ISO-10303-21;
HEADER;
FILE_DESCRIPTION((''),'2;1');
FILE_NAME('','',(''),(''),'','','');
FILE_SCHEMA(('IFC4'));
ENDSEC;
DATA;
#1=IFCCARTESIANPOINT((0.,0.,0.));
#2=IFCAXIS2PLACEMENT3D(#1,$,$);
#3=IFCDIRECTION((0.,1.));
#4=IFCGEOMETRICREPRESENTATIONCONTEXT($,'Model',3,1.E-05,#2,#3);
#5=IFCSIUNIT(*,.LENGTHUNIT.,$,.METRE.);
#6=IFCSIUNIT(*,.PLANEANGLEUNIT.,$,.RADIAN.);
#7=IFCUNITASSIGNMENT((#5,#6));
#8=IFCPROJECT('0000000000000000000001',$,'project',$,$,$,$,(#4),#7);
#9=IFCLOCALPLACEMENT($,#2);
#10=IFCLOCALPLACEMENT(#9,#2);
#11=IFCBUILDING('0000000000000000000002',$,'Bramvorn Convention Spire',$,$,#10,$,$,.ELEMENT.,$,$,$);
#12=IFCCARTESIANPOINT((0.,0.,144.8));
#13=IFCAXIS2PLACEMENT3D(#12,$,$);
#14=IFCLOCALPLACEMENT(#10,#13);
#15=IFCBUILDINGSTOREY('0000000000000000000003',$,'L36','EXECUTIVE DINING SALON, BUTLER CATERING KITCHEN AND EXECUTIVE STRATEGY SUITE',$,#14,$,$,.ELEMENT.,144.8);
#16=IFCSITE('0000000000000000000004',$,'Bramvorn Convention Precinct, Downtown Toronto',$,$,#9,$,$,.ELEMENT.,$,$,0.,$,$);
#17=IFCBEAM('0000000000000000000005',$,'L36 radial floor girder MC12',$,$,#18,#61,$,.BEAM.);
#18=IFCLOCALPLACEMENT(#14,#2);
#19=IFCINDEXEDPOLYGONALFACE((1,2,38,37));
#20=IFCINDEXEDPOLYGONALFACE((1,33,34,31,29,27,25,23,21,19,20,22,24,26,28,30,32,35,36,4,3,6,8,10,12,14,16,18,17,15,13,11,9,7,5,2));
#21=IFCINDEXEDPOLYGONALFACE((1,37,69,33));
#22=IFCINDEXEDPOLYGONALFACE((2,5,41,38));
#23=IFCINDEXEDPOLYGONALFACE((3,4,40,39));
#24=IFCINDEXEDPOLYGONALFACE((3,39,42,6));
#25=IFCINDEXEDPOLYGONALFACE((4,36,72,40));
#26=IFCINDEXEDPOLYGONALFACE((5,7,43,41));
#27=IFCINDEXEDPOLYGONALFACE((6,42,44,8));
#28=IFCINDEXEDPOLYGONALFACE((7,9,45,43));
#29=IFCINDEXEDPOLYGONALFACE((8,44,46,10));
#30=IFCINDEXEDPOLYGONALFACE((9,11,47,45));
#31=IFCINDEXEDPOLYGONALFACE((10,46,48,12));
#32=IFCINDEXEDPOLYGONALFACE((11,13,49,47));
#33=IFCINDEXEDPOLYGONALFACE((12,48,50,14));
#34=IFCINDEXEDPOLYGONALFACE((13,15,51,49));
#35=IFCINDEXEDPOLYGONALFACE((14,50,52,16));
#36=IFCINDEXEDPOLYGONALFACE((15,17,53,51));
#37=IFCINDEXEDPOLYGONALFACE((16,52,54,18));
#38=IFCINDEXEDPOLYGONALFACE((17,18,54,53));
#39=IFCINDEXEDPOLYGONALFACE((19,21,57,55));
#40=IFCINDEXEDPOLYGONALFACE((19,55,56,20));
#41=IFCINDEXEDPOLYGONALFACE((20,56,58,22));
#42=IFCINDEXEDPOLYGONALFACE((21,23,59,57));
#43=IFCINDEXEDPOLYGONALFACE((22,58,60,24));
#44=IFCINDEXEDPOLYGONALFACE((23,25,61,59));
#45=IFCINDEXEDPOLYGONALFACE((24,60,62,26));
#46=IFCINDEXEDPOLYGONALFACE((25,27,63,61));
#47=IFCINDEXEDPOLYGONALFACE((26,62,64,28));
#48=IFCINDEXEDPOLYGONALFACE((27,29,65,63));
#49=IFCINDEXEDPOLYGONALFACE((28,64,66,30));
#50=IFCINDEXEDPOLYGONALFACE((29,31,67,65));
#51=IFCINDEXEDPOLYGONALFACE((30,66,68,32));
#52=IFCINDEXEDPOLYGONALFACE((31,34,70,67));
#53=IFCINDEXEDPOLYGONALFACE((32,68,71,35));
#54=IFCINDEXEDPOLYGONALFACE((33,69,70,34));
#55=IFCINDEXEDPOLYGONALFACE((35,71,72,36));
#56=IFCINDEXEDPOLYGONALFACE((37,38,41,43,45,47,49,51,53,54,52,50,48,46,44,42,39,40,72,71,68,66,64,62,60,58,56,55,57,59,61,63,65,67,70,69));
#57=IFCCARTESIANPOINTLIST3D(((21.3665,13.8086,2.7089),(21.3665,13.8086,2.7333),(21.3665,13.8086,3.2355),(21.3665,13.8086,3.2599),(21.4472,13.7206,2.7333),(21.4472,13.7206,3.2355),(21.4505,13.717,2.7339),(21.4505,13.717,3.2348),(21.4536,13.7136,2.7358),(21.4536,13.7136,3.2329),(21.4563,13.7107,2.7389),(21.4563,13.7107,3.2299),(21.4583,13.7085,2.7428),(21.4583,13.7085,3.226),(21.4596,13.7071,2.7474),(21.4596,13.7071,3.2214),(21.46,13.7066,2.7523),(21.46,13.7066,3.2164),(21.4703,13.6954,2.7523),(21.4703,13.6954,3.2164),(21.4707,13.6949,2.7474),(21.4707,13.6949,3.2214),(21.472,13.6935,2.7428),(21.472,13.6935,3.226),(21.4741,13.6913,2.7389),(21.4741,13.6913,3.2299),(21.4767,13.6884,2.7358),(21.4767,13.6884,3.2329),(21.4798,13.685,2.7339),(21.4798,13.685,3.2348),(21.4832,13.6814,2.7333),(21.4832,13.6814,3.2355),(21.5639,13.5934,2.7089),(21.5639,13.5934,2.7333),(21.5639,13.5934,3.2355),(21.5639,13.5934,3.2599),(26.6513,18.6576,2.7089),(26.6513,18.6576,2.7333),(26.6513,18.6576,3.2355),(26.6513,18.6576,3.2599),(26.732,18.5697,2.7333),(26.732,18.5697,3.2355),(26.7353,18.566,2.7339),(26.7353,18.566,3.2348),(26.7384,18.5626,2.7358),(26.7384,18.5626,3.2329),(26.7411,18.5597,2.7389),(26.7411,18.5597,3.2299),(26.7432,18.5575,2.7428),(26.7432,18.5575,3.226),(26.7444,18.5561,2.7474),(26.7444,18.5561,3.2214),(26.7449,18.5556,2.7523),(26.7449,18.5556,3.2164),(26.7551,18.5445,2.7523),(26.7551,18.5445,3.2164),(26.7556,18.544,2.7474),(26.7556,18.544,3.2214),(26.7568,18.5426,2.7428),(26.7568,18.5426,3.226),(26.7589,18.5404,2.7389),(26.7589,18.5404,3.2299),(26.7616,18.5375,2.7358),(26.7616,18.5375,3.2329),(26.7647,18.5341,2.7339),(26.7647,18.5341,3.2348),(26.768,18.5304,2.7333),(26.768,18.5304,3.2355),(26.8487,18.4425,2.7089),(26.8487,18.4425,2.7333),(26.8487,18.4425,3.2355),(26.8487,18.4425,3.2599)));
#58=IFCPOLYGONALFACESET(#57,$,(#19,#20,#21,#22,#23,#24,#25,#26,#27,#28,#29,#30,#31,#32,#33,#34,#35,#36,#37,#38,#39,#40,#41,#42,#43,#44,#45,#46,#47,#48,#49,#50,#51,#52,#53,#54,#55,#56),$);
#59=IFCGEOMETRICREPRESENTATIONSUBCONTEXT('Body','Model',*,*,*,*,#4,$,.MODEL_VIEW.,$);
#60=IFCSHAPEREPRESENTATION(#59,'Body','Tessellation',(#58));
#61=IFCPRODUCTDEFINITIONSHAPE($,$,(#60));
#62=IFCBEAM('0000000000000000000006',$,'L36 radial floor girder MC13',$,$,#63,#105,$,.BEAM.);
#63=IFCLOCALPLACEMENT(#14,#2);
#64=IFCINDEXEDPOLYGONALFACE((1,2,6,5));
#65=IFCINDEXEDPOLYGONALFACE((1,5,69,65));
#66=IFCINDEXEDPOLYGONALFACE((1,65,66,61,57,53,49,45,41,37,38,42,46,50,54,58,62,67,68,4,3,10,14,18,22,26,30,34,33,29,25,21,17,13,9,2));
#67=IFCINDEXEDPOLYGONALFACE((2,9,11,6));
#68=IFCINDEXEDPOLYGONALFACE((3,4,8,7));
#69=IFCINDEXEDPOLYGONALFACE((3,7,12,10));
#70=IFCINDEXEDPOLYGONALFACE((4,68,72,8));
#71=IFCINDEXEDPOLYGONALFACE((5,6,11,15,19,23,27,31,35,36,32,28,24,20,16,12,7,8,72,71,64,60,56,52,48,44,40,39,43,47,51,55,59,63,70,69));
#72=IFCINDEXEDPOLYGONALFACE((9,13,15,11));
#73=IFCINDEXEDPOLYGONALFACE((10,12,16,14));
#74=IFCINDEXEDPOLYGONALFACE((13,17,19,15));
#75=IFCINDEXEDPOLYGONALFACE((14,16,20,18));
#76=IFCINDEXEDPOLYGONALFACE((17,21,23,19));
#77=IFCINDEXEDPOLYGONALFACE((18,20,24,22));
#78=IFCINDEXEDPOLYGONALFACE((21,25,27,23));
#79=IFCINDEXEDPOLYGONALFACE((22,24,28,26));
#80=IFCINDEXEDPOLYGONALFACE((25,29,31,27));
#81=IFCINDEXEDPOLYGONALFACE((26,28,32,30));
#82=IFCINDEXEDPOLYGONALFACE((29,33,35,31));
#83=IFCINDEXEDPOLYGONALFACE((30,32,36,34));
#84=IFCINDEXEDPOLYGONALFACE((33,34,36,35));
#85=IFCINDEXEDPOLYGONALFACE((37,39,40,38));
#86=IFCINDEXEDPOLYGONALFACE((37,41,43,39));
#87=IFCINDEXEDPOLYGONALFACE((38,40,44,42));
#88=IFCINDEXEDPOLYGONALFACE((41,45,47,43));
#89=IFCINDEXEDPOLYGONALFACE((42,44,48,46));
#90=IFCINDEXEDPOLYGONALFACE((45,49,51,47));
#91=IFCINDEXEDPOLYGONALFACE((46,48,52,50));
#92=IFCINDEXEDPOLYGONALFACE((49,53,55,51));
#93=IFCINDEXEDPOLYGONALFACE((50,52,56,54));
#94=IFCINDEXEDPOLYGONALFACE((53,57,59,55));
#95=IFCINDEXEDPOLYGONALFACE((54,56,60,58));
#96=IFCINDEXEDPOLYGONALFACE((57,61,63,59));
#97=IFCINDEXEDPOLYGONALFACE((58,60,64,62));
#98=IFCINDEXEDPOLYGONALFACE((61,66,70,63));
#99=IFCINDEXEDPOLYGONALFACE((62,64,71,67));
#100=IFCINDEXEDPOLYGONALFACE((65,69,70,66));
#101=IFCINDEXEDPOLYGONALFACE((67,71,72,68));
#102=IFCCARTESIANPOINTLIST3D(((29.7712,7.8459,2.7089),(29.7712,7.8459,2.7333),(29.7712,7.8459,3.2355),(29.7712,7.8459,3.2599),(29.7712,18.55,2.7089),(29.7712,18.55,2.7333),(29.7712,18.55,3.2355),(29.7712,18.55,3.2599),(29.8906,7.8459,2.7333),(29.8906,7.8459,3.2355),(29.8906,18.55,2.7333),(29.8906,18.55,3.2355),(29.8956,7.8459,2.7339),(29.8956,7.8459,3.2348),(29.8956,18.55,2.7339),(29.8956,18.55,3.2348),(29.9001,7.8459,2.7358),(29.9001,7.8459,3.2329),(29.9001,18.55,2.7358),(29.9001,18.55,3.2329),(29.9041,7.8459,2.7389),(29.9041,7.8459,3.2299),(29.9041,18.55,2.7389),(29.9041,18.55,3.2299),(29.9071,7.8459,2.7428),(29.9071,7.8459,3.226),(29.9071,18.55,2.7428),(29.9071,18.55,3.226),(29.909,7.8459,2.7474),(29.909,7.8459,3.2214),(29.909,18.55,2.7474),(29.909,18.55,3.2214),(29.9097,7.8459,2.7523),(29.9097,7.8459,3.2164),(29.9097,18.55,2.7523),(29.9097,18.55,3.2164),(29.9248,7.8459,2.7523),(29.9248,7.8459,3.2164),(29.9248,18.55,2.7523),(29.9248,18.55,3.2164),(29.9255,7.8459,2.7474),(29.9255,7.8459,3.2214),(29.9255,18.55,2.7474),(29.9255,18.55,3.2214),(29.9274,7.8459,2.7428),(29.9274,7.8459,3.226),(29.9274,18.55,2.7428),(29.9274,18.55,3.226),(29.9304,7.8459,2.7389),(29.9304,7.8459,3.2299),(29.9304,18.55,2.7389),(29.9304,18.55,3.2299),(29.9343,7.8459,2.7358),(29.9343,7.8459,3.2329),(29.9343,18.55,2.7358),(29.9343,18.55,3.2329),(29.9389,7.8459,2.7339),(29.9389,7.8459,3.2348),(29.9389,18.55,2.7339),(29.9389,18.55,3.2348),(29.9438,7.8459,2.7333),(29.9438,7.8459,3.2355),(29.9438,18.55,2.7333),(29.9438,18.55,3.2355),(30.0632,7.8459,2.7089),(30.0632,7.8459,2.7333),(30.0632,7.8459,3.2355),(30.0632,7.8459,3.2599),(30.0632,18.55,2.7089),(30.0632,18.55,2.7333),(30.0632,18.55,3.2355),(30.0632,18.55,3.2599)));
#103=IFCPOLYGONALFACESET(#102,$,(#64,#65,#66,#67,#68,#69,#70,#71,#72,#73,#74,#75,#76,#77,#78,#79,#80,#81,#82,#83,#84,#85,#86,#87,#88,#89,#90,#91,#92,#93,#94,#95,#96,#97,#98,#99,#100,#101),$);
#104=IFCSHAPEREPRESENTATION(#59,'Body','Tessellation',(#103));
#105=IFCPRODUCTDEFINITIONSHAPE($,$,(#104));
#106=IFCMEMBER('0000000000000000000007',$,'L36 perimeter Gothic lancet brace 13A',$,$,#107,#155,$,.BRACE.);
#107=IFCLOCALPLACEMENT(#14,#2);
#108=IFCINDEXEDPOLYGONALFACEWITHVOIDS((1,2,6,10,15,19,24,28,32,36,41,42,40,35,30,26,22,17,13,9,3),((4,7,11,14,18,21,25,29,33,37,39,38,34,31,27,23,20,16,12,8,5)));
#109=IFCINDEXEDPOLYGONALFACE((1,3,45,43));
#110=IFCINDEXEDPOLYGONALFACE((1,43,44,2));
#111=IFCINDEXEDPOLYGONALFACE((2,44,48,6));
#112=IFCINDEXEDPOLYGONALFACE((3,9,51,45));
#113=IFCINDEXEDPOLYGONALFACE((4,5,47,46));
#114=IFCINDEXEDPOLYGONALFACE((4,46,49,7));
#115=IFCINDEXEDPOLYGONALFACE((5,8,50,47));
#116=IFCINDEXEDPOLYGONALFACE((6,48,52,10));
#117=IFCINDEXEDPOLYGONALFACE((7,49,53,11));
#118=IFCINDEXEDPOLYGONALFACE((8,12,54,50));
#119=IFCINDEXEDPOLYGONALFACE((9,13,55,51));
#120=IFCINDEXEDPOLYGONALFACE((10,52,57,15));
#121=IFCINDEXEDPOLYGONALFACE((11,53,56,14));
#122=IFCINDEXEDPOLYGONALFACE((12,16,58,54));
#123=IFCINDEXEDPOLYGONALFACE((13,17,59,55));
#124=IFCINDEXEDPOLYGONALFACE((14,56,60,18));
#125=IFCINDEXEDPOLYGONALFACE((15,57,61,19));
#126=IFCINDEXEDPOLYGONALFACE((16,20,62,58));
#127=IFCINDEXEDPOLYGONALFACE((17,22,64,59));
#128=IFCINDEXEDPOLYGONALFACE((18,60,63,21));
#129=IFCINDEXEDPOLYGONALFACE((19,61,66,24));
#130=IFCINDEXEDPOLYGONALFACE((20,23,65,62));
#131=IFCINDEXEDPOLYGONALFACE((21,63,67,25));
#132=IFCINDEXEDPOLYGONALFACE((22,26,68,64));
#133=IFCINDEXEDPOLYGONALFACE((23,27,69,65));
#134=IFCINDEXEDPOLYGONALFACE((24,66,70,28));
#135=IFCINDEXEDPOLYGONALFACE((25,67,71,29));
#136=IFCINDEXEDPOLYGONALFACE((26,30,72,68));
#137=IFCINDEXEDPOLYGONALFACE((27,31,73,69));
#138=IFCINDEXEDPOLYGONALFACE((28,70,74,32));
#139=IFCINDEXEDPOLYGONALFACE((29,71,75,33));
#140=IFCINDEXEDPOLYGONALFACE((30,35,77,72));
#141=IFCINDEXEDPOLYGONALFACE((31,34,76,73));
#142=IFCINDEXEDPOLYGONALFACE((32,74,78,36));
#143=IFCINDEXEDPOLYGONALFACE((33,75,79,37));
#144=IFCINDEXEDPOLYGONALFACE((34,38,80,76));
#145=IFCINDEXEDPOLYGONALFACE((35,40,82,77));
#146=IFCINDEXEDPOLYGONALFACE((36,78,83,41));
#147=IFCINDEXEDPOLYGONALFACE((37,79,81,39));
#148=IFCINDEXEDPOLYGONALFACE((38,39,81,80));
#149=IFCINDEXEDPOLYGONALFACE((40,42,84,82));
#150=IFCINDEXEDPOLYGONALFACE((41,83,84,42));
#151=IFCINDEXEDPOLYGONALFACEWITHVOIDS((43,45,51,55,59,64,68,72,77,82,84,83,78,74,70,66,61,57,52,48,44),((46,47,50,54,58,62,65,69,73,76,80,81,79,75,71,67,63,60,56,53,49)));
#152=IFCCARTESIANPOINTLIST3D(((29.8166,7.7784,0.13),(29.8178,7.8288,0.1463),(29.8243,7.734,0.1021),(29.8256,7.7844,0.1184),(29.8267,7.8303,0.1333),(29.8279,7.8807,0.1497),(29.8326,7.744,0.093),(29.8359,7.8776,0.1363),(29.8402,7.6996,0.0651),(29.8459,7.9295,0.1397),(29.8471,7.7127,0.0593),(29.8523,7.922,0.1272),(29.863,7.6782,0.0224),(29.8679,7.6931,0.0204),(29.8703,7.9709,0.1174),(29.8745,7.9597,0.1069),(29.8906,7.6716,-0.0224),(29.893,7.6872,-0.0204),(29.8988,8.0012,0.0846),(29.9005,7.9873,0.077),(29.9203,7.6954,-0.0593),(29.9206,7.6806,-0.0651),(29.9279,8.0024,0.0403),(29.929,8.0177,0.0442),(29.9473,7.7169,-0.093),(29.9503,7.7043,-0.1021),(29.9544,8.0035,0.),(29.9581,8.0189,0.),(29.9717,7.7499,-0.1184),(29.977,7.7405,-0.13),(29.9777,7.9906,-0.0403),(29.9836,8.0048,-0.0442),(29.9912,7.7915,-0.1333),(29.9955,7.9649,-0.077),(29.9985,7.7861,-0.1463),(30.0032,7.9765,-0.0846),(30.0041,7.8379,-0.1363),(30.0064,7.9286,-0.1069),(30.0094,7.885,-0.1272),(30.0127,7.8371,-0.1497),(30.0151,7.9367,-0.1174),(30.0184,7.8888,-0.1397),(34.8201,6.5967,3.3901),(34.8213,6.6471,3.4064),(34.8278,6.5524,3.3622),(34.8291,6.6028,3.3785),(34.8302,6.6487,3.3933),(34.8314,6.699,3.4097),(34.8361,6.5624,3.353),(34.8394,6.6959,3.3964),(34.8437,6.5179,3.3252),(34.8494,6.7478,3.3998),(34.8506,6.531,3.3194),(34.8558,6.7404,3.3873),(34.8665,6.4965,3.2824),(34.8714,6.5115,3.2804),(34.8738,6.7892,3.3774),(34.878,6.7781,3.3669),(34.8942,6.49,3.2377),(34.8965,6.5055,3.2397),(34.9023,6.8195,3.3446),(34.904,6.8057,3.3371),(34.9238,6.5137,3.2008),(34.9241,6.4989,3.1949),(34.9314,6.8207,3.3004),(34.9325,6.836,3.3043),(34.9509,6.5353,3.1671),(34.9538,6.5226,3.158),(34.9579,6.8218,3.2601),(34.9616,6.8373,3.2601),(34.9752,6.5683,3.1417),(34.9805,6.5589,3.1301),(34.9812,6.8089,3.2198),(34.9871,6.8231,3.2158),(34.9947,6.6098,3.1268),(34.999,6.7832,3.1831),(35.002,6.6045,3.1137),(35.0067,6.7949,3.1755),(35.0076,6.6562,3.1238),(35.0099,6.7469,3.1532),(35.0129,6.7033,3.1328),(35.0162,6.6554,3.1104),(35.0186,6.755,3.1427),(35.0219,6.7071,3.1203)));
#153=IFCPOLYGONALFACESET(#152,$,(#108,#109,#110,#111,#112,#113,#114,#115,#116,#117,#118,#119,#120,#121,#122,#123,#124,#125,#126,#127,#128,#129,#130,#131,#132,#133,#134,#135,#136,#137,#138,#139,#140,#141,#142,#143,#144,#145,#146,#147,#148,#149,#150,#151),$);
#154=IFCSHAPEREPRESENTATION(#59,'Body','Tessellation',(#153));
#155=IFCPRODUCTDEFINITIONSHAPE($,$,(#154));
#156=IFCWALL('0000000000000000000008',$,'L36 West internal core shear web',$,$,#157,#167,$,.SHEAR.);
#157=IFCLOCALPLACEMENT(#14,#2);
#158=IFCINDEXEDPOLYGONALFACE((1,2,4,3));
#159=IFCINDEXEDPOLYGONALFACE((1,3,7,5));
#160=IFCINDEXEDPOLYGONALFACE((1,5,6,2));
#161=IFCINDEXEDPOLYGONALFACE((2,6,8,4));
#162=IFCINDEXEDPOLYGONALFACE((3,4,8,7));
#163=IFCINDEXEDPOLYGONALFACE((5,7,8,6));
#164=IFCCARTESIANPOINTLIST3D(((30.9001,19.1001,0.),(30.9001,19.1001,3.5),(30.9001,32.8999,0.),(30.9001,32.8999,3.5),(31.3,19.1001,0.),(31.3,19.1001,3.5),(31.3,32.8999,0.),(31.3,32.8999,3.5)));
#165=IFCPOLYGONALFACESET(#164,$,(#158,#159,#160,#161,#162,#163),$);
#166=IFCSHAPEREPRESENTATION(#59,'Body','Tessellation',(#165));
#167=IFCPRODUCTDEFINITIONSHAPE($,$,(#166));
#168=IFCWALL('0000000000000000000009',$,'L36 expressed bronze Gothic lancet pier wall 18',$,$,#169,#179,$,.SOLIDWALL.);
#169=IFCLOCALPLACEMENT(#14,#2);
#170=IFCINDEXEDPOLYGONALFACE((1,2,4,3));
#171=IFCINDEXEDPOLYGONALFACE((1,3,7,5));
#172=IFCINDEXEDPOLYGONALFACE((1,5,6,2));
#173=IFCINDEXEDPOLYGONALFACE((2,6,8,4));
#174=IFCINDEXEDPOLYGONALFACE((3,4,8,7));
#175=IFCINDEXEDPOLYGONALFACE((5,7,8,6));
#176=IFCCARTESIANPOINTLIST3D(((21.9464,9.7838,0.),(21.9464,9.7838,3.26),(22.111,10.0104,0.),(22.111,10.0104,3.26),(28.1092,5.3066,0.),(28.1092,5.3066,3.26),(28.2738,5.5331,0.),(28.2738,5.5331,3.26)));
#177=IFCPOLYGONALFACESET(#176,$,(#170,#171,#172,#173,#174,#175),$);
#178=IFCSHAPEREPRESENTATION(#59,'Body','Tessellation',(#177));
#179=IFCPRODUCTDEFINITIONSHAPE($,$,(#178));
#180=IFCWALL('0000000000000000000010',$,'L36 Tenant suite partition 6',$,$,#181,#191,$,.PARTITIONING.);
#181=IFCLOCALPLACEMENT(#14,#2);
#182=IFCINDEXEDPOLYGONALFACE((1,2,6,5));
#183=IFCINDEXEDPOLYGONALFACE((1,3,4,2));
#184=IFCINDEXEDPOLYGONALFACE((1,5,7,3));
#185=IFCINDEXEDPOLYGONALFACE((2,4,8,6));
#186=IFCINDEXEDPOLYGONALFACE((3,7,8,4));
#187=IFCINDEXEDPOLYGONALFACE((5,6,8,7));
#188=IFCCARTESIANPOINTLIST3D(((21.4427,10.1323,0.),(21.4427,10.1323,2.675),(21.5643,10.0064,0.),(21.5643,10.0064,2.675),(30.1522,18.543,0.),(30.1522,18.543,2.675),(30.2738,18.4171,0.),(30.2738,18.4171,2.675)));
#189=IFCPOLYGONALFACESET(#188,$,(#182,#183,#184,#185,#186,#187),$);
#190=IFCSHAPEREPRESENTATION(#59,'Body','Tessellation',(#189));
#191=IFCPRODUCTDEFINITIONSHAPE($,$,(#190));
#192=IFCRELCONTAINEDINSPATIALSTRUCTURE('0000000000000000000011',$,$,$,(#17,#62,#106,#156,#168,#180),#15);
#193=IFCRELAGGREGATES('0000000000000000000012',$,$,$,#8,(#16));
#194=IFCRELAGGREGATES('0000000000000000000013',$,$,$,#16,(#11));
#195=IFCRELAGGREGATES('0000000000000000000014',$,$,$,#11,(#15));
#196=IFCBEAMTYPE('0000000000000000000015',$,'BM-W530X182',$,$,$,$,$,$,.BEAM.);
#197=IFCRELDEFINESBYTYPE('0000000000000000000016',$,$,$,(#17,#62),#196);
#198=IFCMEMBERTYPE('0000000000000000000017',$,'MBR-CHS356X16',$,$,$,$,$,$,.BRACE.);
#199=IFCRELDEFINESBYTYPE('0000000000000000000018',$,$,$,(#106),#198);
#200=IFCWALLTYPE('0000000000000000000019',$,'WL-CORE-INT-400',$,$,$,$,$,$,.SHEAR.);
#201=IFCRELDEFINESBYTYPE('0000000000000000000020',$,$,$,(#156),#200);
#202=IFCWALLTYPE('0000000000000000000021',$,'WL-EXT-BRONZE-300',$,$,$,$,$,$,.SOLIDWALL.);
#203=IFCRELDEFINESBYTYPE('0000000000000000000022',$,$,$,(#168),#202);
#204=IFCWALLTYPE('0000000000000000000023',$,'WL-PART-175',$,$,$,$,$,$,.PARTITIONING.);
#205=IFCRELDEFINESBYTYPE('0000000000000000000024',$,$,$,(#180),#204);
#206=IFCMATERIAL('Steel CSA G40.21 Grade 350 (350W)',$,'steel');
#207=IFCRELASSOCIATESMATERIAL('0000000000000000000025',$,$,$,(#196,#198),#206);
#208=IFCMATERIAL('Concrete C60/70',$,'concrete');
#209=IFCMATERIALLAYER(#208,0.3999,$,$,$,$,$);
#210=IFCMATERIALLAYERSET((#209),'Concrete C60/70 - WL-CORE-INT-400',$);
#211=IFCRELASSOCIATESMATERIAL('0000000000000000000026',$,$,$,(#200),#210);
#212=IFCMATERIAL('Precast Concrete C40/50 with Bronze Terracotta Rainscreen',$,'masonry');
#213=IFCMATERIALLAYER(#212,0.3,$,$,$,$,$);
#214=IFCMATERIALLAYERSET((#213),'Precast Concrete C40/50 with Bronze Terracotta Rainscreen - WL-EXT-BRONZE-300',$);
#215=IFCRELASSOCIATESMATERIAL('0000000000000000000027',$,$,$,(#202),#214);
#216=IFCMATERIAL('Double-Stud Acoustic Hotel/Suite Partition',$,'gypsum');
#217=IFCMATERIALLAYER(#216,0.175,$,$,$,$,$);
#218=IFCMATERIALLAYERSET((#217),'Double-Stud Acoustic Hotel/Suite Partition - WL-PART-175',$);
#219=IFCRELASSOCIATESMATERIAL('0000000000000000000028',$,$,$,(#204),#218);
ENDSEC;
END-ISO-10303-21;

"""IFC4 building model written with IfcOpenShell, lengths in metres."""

from ifc_helpers import new_model, si_unit, direction, frame, frame_2d, origin, origin_2d, place, context, subcontext, project, spatial, rectangle, hollow_circle, i_section, extrude, material, layer, layer_set, material_profile, profile_set, type_object, element, save


model = new_model("IFC4")

# Units and contexts
model_context = context("Model", 3, precision=1e-05, world=origin(), true_north=direction((0.0, 1.0)))
body_context = subcontext(model_context, "Body", "Model", "MODEL_VIEW")
ifc_project = project(units=[si_unit("LENGTHUNIT", "METRE"), si_unit("PLANEANGLEUNIT", "RADIAN")], contexts=[model_context])

# Site, building, storey
site_placement = place(None, origin())
site = spatial("IfcSite", under=ifc_project, at=site_placement, Name="Bramvorn Convention Precinct, Downtown Toronto", CompositionType="ELEMENT", RefElevation=0.0)
building_placement = place(site_placement, origin())
building = spatial("IfcBuilding", under=site, at=building_placement, Name="Bramvorn Convention Spire", CompositionType="ELEMENT")
storey_placement = place(building_placement, frame((0.0, 0.0, 144.8)))
storey = spatial("IfcBuildingStorey", under=building, at=storey_placement, Name="L36", Description="EXECUTIVE DINING SALON, BUTLER CATERING KITCHEN AND EXECUTIVE STRATEGY SUITE", CompositionType="ELEMENT", Elevation=144.8)

# Shared definitions
ifc_material_1 = material(Name="Steel CSA G40.21 Grade 350 (350W)", Category="steel")

# Beams
ifc_material_profile_1 = material_profile(ifc_material_1, i_section(OverallWidth=0.292, OverallDepth=0.551, WebThickness=0.0151, FlangeThickness=0.0244, FilletRadius=0.019, at=origin_2d()))
ifc_profile_set_1 = profile_set([ifc_material_profile_1], Name="Steel CSA G40.21 Grade 350 (350W) - W530X182")
beam_type_1 = type_object("IfcBeamType", Name="BM-W530X182", PredefinedType="BEAM", material=ifc_profile_set_1)
beam_1_placement = place(storey_placement, frame((26.75, 18.55, 2.9844), z_axis=(-0.736833, -0.676074, 0.0), x_axis=(0.676074, -0.736833, 0.0)))
element("IfcBeam", 1, at=beam_1_placement, inside=storey, type_object=beam_type_1, Name="L36 radial floor girder MC12", PredefinedType="BEAM", context=body_context, shape_type="SweptSolid", body=[
    extrude(i_section(OverallWidth=0.292, OverallDepth=0.551, WebThickness=0.0151, FlangeThickness=0.0244, FilletRadius=0.019, at=origin_2d()), origin(), (0.0, 0.0, 1.0), 7.1724),
])
beam_2_placement = place(storey_placement, frame((29.9172, 18.55, 2.9844), z_axis=(0.0, -1.0, 0.0), x_axis=(1.0, 0.0, 0.0)))
element("IfcBeam", 2, at=beam_2_placement, inside=storey, type_object=beam_type_1, Name="L36 radial floor girder MC13", PredefinedType="BEAM", context=body_context, shape_type="SweptSolid", body=[
    extrude(i_section(OverallWidth=0.292, OverallDepth=0.551, WebThickness=0.0151, FlangeThickness=0.0244, FilletRadius=0.019, at=origin_2d()), origin(), (0.0, 0.0, 1.0), 10.7041),
])

# Member
ifc_material_profile_2 = material_profile(ifc_material_1, hollow_circle(Radius=0.1777, WallThickness=0.0159, at=origin_2d()))
ifc_profile_set_2 = profile_set([ifc_material_profile_2], Name="Steel CSA G40.21 Grade 350 (350W) - CHS356X16")
member_type = type_object("IfcMemberType", Name="MBR-CHS356X16", PredefinedType="BRACE", material=ifc_profile_set_2)
member_placement = place(storey_placement, frame((29.9172, 7.8459, 0.0), z_axis=(0.821911, -0.194108, 0.535522), x_axis=(0.229844, 0.973228, 0.0)))
element("IfcMember", 3, at=member_placement, inside=storey, type_object=member_type, Name="L36 perimeter Gothic lancet brace 13A", PredefinedType="BRACE", context=body_context, shape_type="SweptSolid", body=[
    extrude(hollow_circle(Radius=0.1777, WallThickness=0.0159, at=origin_2d()), origin(), (0.0, 0.0, 1.0), 6.0876),
])

# Shared definitions
ifc_material_2 = material(Name="Concrete C60/70", Category="concrete")

# Walls
ifc_layer_1 = layer(ifc_material_2, 0.3999)
ifc_layer_set_1 = layer_set([ifc_layer_1], Name="Concrete C60/70 - WL-CORE-INT-400")
wall_type_1 = type_object("IfcWallType", Name="WL-CORE-INT-400", PredefinedType="SHEAR", material=ifc_layer_set_1)
wall_1_placement = place(storey_placement, frame((31.1001, 19.1001, 0.0), z_axis=(0.0, 0.0, 1.0), x_axis=(0.0, 1.0, 0.0)))
element("IfcWall", 4, at=wall_1_placement, inside=storey, type_object=wall_type_1, Name="L36 West internal core shear web", PredefinedType="SHEAR", context=body_context, shape_type="SweptSolid", body=[
    extrude(rectangle(XDim=13.7998, YDim=0.3999, at=frame_2d((6.8999, 0.0))), origin(), (0.0, 0.0, 1.0), 3.5),
])
ifc_material_3 = material(Name="Precast Concrete C40/50 with Bronze Terracotta Rainscreen", Category="masonry")
ifc_layer_2 = layer(ifc_material_3, 0.3)
ifc_layer_set_2 = layer_set([ifc_layer_2], Name="Precast Concrete C40/50 with Bronze Terracotta Rainscreen - WL-EXT-BRONZE-300")
wall_type_2 = type_object("IfcWallType", Name="WL-EXT-BRONZE-300", PredefinedType="SOLIDWALL", material=ifc_layer_set_2)
wall_2_placement = place(storey_placement, frame((28.1914, 5.4199, 0.0), z_axis=(0.0, 0.0, 1.0), x_axis=(-0.809034, 0.587762, 0.0)))
element("IfcWall", 5, at=wall_2_placement, inside=storey, type_object=wall_type_2, Name="L36 expressed bronze Gothic lancet pier wall 18", PredefinedType="SOLIDWALL", context=body_context, shape_type="SweptSolid", body=[
    extrude(rectangle(XDim=7.6174, YDim=0.28, at=frame_2d((3.8086, 0.0))), origin(), (0.0, 0.0, 1.0), 3.26),
])
ifc_material_4 = material(Name="Double-Stud Acoustic Hotel/Suite Partition", Category="gypsum")
ifc_layer_3 = layer(ifc_material_4, 0.175)
ifc_layer_set_3 = layer_set([ifc_layer_3], Name="Double-Stud Acoustic Hotel/Suite Partition - WL-PART-175")
wall_type_3 = type_object("IfcWallType", Name="WL-PART-175", PredefinedType="PARTITIONING", material=ifc_layer_set_3)
wall_3_placement = place(storey_placement, frame((30.2129, 18.48, 0.0), z_axis=(0.0, 0.0, 1.0), x_axis=(-0.71934, -0.694659, 0.0)))
element("IfcWall", 6, at=wall_3_placement, inside=storey, type_object=wall_type_3, Name="L36 Tenant suite partition 6", PredefinedType="PARTITIONING", context=body_context, shape_type="SweptSolid", body=[
    extrude(rectangle(XDim=12.1077, YDim=0.175, at=frame_2d((6.0537, 0.0))), origin(), (0.0, 0.0, 1.0), 2.675),
])

save(model, "model.ifc")
